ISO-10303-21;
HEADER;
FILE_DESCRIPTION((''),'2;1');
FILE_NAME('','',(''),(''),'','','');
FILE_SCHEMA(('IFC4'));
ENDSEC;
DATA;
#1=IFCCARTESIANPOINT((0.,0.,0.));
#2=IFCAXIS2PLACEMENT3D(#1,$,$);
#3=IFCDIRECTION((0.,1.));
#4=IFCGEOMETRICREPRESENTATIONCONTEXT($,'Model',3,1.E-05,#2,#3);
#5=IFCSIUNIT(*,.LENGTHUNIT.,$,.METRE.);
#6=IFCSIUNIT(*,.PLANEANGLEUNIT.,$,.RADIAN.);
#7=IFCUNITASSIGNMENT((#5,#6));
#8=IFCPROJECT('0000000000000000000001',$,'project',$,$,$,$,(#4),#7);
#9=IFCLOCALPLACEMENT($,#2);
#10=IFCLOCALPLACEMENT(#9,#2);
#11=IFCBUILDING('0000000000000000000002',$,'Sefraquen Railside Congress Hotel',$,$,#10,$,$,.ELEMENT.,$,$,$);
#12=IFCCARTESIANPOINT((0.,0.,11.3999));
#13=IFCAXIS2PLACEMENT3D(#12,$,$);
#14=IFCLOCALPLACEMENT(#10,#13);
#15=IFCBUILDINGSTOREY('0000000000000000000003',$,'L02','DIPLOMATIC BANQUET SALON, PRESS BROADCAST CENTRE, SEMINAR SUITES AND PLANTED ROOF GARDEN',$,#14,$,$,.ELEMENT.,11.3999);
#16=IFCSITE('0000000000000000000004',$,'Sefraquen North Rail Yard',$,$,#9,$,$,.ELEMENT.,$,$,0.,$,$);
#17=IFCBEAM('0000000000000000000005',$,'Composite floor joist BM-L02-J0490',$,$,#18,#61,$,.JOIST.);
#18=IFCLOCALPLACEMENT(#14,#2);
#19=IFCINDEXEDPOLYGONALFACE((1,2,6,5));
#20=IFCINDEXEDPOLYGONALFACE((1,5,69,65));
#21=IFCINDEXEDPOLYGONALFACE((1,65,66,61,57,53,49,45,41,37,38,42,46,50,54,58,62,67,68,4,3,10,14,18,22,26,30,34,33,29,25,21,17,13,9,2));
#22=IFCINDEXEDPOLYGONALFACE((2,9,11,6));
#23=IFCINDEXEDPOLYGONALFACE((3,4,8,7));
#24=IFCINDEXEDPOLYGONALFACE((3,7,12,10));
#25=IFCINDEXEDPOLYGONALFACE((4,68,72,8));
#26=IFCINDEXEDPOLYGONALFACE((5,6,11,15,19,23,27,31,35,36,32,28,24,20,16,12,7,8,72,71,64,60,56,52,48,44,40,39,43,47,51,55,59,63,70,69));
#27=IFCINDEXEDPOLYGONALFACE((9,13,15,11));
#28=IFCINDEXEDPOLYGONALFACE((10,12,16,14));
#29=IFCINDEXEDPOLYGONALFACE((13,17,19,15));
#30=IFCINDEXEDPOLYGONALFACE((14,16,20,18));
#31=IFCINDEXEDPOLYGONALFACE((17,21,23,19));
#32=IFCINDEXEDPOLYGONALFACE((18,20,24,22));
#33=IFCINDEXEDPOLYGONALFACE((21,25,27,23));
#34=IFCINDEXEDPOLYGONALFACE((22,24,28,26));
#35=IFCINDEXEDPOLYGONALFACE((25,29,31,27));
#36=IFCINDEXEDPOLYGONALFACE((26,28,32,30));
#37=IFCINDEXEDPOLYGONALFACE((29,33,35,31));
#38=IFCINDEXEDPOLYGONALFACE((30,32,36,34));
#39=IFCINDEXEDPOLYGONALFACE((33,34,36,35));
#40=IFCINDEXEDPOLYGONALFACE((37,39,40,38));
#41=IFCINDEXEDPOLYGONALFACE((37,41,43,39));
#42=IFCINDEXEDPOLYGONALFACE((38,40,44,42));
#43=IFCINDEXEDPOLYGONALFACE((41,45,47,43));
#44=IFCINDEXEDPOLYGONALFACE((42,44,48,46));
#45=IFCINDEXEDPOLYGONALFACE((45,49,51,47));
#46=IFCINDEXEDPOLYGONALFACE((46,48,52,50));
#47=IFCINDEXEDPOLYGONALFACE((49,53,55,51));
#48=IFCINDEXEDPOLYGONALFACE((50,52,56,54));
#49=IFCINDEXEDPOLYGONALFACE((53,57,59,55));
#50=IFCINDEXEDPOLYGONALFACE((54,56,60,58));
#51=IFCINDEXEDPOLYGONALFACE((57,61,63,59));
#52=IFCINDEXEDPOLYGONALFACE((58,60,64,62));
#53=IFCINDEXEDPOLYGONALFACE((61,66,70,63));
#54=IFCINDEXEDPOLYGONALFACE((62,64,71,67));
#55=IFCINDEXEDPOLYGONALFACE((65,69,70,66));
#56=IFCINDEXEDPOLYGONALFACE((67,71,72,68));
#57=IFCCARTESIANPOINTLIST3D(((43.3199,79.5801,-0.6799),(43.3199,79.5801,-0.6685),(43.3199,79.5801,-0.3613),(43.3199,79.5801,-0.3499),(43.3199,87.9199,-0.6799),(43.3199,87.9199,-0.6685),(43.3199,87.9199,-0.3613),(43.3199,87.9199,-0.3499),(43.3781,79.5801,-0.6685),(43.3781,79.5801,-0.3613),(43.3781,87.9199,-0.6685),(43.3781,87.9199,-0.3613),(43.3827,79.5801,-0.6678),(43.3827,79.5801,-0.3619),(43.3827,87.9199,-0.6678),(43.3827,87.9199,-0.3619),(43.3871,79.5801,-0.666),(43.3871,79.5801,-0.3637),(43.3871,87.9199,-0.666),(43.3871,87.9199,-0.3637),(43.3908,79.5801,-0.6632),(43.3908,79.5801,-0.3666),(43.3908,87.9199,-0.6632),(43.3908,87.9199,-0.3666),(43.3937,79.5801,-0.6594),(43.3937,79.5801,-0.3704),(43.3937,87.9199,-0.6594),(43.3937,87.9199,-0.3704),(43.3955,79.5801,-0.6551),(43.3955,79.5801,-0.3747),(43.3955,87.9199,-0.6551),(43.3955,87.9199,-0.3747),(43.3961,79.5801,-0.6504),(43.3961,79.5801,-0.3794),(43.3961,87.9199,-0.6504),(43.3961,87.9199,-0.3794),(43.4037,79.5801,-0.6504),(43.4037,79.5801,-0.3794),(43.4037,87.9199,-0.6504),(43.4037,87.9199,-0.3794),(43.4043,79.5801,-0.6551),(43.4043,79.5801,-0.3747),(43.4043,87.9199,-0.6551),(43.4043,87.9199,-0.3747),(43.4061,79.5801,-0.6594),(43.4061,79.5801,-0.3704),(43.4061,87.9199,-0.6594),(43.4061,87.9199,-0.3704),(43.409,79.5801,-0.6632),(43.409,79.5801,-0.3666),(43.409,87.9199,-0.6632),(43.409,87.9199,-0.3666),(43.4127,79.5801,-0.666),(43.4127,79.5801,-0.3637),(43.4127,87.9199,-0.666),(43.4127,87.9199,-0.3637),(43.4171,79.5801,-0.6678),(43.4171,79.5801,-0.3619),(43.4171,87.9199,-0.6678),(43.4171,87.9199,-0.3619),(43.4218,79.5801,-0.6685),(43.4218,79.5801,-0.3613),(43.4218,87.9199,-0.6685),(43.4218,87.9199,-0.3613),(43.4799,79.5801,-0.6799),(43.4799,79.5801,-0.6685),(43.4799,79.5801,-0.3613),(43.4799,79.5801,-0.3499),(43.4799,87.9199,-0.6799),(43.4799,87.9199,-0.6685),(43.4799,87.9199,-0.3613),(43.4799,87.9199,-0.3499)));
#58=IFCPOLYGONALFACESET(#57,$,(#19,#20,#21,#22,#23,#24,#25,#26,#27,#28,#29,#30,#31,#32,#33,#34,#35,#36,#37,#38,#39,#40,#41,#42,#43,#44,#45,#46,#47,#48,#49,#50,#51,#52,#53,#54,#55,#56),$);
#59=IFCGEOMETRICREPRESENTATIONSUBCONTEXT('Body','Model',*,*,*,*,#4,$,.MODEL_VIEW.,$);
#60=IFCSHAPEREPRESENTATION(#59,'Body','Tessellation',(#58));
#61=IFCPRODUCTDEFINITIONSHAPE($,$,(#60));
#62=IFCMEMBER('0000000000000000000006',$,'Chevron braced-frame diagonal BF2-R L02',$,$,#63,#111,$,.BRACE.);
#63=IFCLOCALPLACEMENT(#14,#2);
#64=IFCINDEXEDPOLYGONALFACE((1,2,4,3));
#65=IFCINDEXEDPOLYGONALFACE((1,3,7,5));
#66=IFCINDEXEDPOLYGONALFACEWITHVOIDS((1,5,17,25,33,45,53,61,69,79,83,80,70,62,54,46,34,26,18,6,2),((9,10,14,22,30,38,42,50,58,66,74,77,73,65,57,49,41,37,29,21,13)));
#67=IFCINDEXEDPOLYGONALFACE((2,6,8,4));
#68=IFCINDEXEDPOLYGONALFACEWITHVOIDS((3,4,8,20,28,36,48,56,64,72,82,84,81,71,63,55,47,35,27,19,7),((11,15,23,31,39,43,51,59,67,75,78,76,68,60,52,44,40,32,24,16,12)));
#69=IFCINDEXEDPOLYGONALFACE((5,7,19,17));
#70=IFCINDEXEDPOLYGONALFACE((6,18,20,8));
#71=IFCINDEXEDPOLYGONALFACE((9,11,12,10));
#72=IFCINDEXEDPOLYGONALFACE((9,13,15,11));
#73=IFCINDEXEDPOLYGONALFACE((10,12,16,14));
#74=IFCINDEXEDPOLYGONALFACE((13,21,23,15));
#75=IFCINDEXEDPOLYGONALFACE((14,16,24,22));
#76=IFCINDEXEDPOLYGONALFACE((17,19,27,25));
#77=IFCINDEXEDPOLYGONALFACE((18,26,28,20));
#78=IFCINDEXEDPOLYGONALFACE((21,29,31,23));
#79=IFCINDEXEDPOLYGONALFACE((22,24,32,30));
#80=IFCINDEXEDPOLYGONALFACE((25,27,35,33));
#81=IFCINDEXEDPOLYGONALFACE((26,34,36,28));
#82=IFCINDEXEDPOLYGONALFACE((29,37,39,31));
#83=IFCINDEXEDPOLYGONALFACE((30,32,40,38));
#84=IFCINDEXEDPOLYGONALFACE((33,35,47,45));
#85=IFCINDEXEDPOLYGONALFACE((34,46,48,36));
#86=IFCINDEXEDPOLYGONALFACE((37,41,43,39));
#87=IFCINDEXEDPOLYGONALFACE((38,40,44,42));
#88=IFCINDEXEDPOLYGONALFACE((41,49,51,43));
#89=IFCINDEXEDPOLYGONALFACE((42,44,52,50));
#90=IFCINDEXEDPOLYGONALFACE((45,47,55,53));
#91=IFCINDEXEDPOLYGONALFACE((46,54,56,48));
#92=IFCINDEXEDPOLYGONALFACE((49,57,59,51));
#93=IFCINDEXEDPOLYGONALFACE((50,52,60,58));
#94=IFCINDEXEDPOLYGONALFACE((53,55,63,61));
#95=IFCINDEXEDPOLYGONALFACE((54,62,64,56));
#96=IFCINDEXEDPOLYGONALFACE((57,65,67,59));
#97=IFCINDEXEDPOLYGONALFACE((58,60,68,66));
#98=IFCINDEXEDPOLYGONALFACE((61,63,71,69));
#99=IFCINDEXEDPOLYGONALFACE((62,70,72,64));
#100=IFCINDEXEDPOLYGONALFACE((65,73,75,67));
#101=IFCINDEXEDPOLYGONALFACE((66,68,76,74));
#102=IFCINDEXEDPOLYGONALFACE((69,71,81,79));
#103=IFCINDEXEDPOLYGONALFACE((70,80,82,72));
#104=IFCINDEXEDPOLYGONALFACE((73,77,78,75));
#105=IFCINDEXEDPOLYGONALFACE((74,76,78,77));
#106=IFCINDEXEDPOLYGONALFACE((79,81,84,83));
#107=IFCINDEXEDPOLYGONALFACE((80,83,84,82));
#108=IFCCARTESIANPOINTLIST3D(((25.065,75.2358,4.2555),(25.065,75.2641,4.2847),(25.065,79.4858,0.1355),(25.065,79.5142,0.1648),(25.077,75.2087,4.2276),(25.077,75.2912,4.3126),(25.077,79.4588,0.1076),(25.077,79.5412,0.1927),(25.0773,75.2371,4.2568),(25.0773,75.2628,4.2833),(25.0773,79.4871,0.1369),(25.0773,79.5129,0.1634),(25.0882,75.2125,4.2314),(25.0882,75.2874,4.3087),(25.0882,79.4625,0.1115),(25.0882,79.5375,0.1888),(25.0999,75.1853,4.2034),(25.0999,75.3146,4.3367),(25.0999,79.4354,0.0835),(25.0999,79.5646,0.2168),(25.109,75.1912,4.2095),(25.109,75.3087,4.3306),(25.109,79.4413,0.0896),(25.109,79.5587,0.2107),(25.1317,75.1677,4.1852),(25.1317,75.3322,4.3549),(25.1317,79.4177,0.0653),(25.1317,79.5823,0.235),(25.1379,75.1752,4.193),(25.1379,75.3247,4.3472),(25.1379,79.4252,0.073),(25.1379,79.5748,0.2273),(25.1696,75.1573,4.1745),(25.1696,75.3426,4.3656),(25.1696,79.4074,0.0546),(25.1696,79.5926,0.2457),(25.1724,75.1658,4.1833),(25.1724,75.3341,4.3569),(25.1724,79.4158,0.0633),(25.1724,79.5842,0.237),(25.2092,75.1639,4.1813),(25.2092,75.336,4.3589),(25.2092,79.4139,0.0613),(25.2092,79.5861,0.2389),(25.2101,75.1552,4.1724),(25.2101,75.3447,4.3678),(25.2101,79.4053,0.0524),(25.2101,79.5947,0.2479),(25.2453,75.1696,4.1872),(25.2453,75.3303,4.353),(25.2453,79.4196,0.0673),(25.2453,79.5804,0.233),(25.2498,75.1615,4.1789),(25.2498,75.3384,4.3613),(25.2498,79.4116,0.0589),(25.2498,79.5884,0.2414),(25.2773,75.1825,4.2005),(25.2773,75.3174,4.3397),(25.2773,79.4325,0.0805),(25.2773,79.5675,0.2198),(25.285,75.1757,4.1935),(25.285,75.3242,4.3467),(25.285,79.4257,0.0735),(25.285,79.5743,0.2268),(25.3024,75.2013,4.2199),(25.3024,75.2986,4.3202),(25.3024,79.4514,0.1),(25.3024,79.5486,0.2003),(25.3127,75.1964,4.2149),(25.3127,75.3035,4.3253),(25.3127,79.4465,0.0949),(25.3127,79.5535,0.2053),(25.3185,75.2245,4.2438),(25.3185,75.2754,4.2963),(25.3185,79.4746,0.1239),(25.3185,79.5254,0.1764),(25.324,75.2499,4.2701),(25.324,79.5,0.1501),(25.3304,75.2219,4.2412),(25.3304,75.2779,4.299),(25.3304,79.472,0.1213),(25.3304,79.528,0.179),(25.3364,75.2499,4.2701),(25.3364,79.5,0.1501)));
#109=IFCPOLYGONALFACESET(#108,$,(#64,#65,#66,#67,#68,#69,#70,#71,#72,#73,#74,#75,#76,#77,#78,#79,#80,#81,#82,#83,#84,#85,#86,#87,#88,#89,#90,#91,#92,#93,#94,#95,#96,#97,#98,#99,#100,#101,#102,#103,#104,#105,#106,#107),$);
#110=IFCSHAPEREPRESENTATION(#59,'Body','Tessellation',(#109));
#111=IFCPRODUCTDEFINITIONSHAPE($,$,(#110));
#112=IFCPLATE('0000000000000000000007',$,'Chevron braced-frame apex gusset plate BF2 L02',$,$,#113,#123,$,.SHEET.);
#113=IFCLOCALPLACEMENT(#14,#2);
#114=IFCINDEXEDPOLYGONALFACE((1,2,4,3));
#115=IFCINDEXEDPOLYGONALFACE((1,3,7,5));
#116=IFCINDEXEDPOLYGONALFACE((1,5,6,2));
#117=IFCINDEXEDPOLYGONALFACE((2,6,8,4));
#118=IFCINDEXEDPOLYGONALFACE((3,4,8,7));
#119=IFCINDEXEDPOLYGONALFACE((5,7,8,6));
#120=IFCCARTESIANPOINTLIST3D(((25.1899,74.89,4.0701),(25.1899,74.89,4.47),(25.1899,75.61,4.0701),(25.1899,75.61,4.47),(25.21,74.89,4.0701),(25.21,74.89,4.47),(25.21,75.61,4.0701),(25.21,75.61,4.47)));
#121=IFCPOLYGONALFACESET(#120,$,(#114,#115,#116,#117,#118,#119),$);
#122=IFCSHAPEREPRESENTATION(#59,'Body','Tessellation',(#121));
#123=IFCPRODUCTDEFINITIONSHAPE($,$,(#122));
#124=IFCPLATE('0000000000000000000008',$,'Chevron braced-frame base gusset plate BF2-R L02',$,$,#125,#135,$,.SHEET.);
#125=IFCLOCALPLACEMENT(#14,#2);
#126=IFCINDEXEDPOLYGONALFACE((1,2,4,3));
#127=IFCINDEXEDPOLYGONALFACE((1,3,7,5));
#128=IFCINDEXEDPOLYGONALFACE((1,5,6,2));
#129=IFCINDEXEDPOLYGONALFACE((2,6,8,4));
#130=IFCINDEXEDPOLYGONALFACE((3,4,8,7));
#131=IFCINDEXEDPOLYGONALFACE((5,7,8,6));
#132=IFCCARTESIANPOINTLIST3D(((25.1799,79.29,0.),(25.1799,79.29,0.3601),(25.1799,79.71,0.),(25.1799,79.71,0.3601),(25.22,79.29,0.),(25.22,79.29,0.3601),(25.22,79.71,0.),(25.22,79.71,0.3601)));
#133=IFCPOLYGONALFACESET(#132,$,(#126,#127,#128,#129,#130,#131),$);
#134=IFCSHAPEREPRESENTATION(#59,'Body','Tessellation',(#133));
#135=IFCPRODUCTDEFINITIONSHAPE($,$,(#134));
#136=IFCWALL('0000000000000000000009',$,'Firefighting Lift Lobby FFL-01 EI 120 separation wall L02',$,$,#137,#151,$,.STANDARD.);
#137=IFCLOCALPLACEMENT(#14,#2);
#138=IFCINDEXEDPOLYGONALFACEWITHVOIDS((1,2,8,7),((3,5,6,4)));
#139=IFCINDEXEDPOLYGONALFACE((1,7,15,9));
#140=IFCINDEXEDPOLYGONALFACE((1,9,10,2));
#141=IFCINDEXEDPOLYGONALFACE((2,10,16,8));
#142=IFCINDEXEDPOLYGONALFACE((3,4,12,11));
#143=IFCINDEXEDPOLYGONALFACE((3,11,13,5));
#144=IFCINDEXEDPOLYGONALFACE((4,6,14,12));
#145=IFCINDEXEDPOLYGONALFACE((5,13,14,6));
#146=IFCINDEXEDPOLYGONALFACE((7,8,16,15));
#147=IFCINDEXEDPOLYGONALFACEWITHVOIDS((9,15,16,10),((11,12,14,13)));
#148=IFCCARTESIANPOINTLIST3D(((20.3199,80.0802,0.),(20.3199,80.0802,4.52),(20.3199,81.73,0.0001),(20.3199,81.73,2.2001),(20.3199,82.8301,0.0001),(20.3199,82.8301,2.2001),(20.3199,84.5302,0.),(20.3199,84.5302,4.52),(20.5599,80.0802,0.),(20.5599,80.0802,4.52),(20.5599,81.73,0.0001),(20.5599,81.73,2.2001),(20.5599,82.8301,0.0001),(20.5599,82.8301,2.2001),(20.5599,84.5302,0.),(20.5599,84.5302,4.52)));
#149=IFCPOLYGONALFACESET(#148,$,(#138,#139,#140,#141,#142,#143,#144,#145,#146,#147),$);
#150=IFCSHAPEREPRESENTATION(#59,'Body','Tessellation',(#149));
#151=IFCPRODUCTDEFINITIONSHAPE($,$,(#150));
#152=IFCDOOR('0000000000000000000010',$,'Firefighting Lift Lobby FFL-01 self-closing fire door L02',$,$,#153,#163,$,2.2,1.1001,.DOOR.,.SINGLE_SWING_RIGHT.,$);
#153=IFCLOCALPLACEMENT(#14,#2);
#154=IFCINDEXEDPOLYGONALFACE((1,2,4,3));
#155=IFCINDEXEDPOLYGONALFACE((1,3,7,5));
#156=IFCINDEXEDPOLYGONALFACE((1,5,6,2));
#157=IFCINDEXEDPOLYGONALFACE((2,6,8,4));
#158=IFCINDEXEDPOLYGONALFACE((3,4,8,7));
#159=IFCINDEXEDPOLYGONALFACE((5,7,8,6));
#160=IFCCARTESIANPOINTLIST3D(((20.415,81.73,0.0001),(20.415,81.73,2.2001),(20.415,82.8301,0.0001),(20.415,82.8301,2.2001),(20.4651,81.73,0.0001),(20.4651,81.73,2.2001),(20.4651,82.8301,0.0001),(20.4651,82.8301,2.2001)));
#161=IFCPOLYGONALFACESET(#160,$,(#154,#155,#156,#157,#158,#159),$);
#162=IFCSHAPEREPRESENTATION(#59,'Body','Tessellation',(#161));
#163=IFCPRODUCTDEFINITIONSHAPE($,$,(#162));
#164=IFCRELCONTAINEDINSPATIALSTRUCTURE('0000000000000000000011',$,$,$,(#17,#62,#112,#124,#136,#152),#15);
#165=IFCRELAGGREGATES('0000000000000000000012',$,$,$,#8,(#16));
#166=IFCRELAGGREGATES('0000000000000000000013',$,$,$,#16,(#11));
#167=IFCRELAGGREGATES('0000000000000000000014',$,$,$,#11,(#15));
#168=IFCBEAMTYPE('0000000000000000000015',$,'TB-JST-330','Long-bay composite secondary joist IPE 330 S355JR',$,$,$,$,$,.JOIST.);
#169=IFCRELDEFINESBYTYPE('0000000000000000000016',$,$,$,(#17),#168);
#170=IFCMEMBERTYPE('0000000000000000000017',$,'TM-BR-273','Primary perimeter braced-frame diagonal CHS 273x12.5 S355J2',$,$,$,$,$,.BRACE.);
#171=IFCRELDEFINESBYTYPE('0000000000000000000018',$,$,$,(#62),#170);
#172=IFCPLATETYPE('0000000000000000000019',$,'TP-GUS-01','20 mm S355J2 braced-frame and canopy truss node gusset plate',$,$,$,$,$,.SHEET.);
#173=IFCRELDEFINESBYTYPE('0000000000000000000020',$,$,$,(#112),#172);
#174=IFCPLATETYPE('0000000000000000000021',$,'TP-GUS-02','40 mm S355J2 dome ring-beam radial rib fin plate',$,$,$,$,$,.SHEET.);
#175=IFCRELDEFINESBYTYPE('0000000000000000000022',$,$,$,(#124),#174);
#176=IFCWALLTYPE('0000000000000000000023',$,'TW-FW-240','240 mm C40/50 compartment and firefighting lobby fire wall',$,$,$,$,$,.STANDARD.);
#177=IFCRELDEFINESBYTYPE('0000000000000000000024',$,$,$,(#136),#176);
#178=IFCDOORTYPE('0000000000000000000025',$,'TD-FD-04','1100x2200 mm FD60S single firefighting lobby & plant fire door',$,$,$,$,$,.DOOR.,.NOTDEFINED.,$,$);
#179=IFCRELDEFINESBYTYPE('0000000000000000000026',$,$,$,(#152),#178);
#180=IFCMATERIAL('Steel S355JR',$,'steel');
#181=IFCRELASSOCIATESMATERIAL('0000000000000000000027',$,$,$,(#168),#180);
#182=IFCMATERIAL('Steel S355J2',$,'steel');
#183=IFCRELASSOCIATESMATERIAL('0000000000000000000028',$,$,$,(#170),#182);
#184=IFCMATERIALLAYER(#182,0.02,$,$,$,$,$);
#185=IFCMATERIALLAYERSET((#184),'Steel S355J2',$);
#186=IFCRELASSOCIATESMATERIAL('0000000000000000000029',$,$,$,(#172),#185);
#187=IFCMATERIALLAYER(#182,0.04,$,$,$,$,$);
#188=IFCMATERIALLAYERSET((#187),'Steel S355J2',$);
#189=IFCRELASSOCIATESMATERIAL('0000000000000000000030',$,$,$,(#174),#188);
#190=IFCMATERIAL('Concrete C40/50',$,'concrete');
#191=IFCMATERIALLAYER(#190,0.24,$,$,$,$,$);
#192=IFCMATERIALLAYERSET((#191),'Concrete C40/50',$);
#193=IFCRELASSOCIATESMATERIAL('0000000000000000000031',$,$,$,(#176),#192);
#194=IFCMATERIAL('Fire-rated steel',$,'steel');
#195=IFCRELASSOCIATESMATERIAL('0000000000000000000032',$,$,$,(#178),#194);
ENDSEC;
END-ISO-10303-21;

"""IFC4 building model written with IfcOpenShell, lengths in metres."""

from ifc_helpers import new_model, si_unit, direction, frame, frame_2d, origin, origin_2d, place, context, subcontext, project, spatial, rectangle, hollow_circle, i_section, extrude, material, layer, layer_set, material_profile, profile_set, type_object, element, fill, save


model = new_model("IFC4")

# Units and contexts
model_context = context("Model", 3, precision=1e-05, world=origin(), true_north=direction((0.0, 1.0)))
body_context = subcontext(model_context, "Body", "Model", "MODEL_VIEW")
ifc_project = project(units=[si_unit("LENGTHUNIT", "METRE"), si_unit("PLANEANGLEUNIT", "RADIAN")], contexts=[model_context])

# Site, building, storey
site_placement = place(None, origin())
site = spatial("IfcSite", under=ifc_project, at=site_placement, Name="Sefraquen North Rail Yard", CompositionType="ELEMENT", RefElevation=0.0)
building_placement = place(site_placement, origin())
building = spatial("IfcBuilding", under=site, at=building_placement, Name="Sefraquen Railside Congress Hotel", CompositionType="ELEMENT")
storey_placement = place(building_placement, frame((0.0, 0.0, 11.3999)))
storey = spatial("IfcBuildingStorey", under=building, at=storey_placement, Name="L02", Description="DIPLOMATIC BANQUET SALON, PRESS BROADCAST CENTRE, SEMINAR SUITES AND PLANTED ROOF GARDEN", CompositionType="ELEMENT", Elevation=11.3999)

# Shared definitions
ifc_material_1 = material(Name="Steel S355JR", Category="steel")

# Beam
ifc_material_profile_1 = material_profile(ifc_material_1, i_section(OverallWidth=0.1599, OverallDepth=0.3301, WebThickness=0.0076, FlangeThickness=0.0115, FilletRadius=0.0181, at=origin_2d()), Name="IPE 330")
ifc_profile_set_1 = profile_set([ifc_material_profile_1], Name="Steel S355JR")
beam_type_1 = type_object("IfcBeamType", Name="TB-JST-330", Description="Long-bay composite secondary joist IPE 330 S355JR", PredefinedType="JOIST", material=ifc_profile_set_1)
for number, where, z_axis, x_axis, name in (
    (1, (43.3999, 79.5801, -0.5149), (0.0, 1.0, 0.0), (-1.0, 0.0, 0.0), "Composite floor joist BM-L02-J0490"),
):
    element("IfcBeam", number, at=place(storey_placement, frame(where, z_axis=z_axis, x_axis=x_axis)), inside=storey, type_object=beam_type_1, Name=name, PredefinedType="JOIST", context=body_context, shape_type="SweptSolid", body=[
        extrude(i_section(OverallWidth=0.1599, OverallDepth=0.3301, WebThickness=0.0076, FlangeThickness=0.0115, FilletRadius=0.0181, at=origin_2d()), origin(), (0.0, 0.0, 1.0), 8.3398),
    ])

# Member
ifc_material_2 = material(Name="Steel S355J2", Category="steel")
ifc_material_profile_2 = material_profile(ifc_material_2, hollow_circle(Radius=0.1365, WallThickness=0.0125, at=origin_2d()), Name="CHS 273x12.5")
ifc_profile_set_2 = profile_set([ifc_material_profile_2], Name="Steel S355J2")
member_type = type_object("IfcMemberType", Name="TM-BR-273", Description="Primary perimeter braced-frame diagonal CHS 273x12.5 S355J2", PredefinedType="BRACE", material=ifc_profile_set_2)
member_placement = place(storey_placement, frame((25.2, 79.5, 0.1501), z_axis=(0.0, -0.718013, 0.696029), x_axis=(1.0, 0.0, 0.0)))
element("IfcMember", 2, at=member_placement, inside=storey, type_object=member_type, Name="Chevron braced-frame diagonal BF2-R L02", PredefinedType="BRACE", context=body_context, shape_type="SweptSolid", body=[
    extrude(hollow_circle(Radius=0.1365, WallThickness=0.0125, at=origin_2d()), origin(), (0.0, 0.0, 1.0), 5.9192),
])

# Plates
ifc_layer_1 = layer(ifc_material_2, 0.02)
ifc_layer_set_1 = layer_set([ifc_layer_1], Name="Steel S355J2")
plate_type_1 = type_object("IfcPlateType", Name="TP-GUS-01", Description="20 mm S355J2 braced-frame and canopy truss node gusset plate", PredefinedType="SHEET", material=ifc_layer_set_1)
plate_1_placement = place(storey_placement, frame((25.2, 75.25, 4.0701), z_axis=(0.0, 0.0, 1.0), x_axis=(0.0, 1.0, 0.0)))
element("IfcPlate", 3, at=plate_1_placement, inside=storey, type_object=plate_type_1, Name="Chevron braced-frame apex gusset plate BF2 L02", PredefinedType="SHEET", context=body_context, shape_type="SweptSolid", body=[
    extrude(rectangle(XDim=0.72, YDim=0.02, at=origin_2d()), origin(), (0.0, 0.0, 1.0), 0.3999),
])
ifc_layer_2 = layer(ifc_material_2, 0.04)
ifc_layer_set_2 = layer_set([ifc_layer_2], Name="Steel S355J2")
plate_type_2 = type_object("IfcPlateType", Name="TP-GUS-02", Description="40 mm S355J2 dome ring-beam radial rib fin plate", PredefinedType="SHEET", material=ifc_layer_set_2)
plate_2_placement = place(storey_placement, frame((25.2, 79.5, 0.0), z_axis=(0.0, 0.0, 1.0), x_axis=(0.0, 1.0, 0.0)))
element("IfcPlate", 4, at=plate_2_placement, inside=storey, type_object=plate_type_2, Name="Chevron braced-frame base gusset plate BF2-R L02", PredefinedType="SHEET", context=body_context, shape_type="SweptSolid", body=[
    extrude(rectangle(XDim=0.4199, YDim=0.04, at=origin_2d()), origin(), (0.0, 0.0, 1.0), 0.3601),
])

# Wall, opening, door
ifc_material_3 = material(Name="Concrete C40/50", Category="concrete")
ifc_layer_3 = layer(ifc_material_3, 0.24)
ifc_layer_set_3 = layer_set([ifc_layer_3], Name="Concrete C40/50")
wall_type = type_object("IfcWallType", Name="TW-FW-240", Description="240 mm C40/50 compartment and firefighting lobby fire wall", PredefinedType="STANDARD", material=ifc_layer_set_3)
wall_placement = place(storey_placement, frame((20.4399, 80.0801, 0.0), z_axis=(0.0, 0.0, 1.0), x_axis=(0.0, 1.0, 0.0)))
wall = element("IfcWall", 5, at=wall_placement, inside=storey, type_object=wall_type, Name="Firefighting Lift Lobby FFL-01 EI 120 separation wall L02", PredefinedType="STANDARD", context=body_context, shape_type="SweptSolid", body=[
    extrude(rectangle(XDim=4.45, YDim=0.24, at=frame_2d((2.2251, 0.0))), origin(), (0.0, 0.0, 1.0), 4.52),
])
opening_placement = place(wall_placement, frame((1.6499, 0.0, 0.0)))
opening = element("IfcOpeningElement", 6, at=opening_placement, cuts=wall, PredefinedType="OPENING", context=body_context, shape_type="SweptSolid", body=[
    extrude(rectangle(XDim=1.1001, YDim=2.2, at=frame_2d((0.55, 1.1001))), frame((0.0, 0.1299, 0.0), z_axis=(0.0, -1.0, 0.0), x_axis=(1.0, 0.0, 0.0)), (0.0, 0.0, 1.0), 0.26),
])
ifc_material_4 = material(Name="Fire-rated steel", Category="steel")
door_type = type_object("IfcDoorType", Name="TD-FD-04", Description="1100x2200 mm FD60S single firefighting lobby & plant fire door", OperationType="NOTDEFINED", PredefinedType="DOOR", material=ifc_material_4)
door_placement = place(opening_placement, origin())
door = element("IfcDoor", 7, at=door_placement, inside=storey, type_object=door_type, Name="Firefighting Lift Lobby FFL-01 self-closing fire door L02", OperationType="SINGLE_SWING_RIGHT", OverallHeight=2.2, OverallWidth=1.1001, PredefinedType="DOOR", context=body_context, shape_type="SweptSolid", body=[
    extrude(rectangle(XDim=1.1001, YDim=2.2, at=frame_2d((0.55, 1.1001))), frame((0.0, 0.0249, 0.0), z_axis=(0.0, -1.0, 0.0), x_axis=(1.0, 0.0, 0.0)), (0.0, 0.0, 1.0), 0.05),
])
fill(opening, door)

save(model, "model.ifc")
